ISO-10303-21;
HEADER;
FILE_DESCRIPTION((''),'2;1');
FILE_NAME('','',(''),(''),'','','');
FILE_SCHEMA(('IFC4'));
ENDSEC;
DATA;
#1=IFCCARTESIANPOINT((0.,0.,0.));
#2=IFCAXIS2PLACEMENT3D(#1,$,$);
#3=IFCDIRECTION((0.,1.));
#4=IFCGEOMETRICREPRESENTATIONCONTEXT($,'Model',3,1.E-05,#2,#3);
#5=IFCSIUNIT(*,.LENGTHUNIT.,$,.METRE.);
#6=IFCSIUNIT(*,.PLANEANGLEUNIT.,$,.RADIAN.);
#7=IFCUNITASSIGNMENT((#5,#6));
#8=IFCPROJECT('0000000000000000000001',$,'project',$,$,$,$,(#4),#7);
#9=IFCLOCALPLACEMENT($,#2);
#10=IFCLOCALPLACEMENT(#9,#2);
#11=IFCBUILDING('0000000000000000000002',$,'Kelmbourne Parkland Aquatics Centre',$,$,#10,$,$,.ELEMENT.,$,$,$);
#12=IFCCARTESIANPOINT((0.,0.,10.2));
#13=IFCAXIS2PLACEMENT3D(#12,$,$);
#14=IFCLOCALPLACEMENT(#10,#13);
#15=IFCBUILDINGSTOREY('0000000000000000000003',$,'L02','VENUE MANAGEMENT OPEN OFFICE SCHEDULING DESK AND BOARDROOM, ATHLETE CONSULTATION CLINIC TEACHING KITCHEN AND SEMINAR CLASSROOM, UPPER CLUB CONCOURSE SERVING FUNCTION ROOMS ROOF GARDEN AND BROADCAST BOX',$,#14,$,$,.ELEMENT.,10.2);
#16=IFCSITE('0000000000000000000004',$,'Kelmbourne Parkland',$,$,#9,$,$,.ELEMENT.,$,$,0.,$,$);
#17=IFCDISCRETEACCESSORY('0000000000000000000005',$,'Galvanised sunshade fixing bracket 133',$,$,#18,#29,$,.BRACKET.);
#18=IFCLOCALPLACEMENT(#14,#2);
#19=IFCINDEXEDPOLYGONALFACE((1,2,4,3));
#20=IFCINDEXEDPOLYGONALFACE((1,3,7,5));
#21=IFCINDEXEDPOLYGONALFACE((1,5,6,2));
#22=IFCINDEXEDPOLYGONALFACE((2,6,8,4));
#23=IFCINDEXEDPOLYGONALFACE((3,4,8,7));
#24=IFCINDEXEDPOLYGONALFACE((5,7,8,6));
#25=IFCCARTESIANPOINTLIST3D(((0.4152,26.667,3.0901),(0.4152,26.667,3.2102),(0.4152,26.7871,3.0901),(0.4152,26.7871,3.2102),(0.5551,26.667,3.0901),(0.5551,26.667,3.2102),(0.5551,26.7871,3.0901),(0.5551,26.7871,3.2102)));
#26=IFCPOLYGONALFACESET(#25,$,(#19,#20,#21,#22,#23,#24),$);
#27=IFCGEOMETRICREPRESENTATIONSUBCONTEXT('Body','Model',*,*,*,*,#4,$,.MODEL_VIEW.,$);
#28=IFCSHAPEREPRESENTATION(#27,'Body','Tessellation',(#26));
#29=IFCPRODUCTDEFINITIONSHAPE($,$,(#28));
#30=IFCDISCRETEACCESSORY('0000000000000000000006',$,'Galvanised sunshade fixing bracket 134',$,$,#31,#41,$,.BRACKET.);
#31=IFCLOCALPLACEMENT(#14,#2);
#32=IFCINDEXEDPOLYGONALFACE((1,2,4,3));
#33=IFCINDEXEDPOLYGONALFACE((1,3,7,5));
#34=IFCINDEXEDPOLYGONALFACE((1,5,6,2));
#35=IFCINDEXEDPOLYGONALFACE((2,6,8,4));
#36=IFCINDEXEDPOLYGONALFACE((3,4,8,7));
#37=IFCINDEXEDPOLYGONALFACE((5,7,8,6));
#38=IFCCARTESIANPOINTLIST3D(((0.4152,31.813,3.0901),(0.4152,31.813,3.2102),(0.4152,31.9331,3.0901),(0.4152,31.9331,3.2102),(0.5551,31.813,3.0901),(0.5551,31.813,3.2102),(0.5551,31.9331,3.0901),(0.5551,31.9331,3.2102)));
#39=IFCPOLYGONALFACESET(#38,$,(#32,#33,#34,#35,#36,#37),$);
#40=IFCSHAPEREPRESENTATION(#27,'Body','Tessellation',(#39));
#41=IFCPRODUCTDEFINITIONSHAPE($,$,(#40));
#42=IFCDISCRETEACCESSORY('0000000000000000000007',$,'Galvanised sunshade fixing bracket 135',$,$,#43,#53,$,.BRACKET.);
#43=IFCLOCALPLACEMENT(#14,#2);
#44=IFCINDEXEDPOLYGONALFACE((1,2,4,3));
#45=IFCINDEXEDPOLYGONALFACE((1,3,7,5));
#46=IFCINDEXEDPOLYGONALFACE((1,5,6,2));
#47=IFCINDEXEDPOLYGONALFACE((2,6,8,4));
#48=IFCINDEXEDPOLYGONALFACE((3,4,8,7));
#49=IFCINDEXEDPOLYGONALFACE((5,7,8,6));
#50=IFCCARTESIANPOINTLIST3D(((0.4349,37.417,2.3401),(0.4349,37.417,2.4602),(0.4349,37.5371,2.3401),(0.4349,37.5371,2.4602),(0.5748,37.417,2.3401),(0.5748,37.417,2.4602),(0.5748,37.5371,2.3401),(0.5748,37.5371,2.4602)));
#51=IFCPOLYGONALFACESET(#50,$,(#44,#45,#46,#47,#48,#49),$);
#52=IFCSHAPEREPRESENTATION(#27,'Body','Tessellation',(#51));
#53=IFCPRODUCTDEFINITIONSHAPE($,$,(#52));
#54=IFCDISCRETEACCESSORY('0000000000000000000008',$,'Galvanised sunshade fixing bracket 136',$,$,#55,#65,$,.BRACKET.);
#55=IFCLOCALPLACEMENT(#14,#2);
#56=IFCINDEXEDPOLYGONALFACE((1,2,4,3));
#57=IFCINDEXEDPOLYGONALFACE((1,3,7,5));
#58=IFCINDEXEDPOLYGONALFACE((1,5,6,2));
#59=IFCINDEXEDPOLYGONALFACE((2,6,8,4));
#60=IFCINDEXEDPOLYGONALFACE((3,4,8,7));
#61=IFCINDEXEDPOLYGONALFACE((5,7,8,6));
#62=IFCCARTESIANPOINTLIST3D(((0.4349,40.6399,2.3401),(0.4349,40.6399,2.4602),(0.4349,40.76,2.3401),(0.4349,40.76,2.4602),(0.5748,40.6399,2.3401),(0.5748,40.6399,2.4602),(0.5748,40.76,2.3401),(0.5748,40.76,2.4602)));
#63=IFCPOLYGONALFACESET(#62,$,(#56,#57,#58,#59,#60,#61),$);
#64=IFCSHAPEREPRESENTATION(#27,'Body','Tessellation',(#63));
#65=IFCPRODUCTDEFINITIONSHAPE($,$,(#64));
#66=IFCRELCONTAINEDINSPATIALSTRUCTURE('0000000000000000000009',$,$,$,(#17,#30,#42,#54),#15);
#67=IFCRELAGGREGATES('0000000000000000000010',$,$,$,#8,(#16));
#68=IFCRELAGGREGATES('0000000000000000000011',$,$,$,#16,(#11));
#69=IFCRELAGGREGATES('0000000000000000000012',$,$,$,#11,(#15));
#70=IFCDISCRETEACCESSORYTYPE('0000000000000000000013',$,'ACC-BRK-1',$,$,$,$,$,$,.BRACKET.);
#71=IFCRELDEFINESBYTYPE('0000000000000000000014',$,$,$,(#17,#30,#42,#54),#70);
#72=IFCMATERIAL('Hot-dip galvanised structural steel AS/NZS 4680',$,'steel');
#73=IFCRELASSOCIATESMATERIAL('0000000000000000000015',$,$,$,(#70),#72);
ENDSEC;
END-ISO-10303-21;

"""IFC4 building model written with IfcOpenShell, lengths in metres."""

from ifc_helpers import new_model, si_unit, direction, frame, origin, origin_2d, place, context, subcontext, project, spatial, rectangle, extrude, material, type_object, element, save


model = new_model("IFC4")

# Units and contexts
model_context = context("Model", 3, precision=1e-05, world=origin(), true_north=direction((0.0, 1.0)))
body_context = subcontext(model_context, "Body", "Model", "MODEL_VIEW")
ifc_project = project(units=[si_unit("LENGTHUNIT", "METRE"), si_unit("PLANEANGLEUNIT", "RADIAN")], contexts=[model_context])

# Site, building, storey
site_placement = place(None, origin())
site = spatial("IfcSite", under=ifc_project, at=site_placement, Name="Kelmbourne Parkland", CompositionType="ELEMENT", RefElevation=0.0)
building_placement = place(site_placement, origin())
building = spatial("IfcBuilding", under=site, at=building_placement, Name="Kelmbourne Parkland Aquatics Centre", CompositionType="ELEMENT")
storey_placement = place(building_placement, frame((0.0, 0.0, 10.2)))
storey = spatial("IfcBuildingStorey", under=building, at=storey_placement, Name="L02", Description="VENUE MANAGEMENT OPEN OFFICE SCHEDULING DESK AND BOARDROOM, ATHLETE CONSULTATION CLINIC TEACHING KITCHEN AND SEMINAR CLASSROOM, UPPER CLUB CONCOURSE SERVING FUNCTION ROOMS ROOF GARDEN AND BROADCAST BOX", CompositionType="ELEMENT", Elevation=10.2)

# Discrete accessories
ifc_material_1 = material(Name="Hot-dip galvanised structural steel AS/NZS 4680", Category="steel")
discrete_accessory_type = type_object("IfcDiscreteAccessoryType", Name="ACC-BRK-1", PredefinedType="BRACKET", material=ifc_material_1)
for number, where, z_axis, x_axis, name in (
    (1, (0.4851, 26.7271, 3.0901), (0.0, 0.0, 1.0), (0.0, 1.0, 0.0), "Galvanised sunshade fixing bracket 133"),
    (2, (0.4851, 31.873, 3.0901), (0.0, 0.0, 1.0), (0.0, 1.0, 0.0), "Galvanised sunshade fixing bracket 134"),
    (3, (0.5049, 37.4771, 2.3401), (0.0, 0.0, 1.0), (0.0, 1.0, 0.0), "Galvanised sunshade fixing bracket 135"),
    (4, (0.5049, 40.7, 2.3401), (0.0, 0.0, 1.0), (0.0, 1.0, 0.0), "Galvanised sunshade fixing bracket 136"),
):
    element("IfcDiscreteAccessory", number, at=place(storey_placement, frame(where, z_axis=z_axis, x_axis=x_axis)), inside=storey, type_object=discrete_accessory_type, Name=name, PredefinedType="BRACKET", context=body_context, shape_type="SweptSolid", body=[
        extrude(rectangle(XDim=0.1201, YDim=0.1399, at=origin_2d()), origin(), (0.0, 0.0, 1.0), 0.1201),
    ])

save(model, "model.ifc")
